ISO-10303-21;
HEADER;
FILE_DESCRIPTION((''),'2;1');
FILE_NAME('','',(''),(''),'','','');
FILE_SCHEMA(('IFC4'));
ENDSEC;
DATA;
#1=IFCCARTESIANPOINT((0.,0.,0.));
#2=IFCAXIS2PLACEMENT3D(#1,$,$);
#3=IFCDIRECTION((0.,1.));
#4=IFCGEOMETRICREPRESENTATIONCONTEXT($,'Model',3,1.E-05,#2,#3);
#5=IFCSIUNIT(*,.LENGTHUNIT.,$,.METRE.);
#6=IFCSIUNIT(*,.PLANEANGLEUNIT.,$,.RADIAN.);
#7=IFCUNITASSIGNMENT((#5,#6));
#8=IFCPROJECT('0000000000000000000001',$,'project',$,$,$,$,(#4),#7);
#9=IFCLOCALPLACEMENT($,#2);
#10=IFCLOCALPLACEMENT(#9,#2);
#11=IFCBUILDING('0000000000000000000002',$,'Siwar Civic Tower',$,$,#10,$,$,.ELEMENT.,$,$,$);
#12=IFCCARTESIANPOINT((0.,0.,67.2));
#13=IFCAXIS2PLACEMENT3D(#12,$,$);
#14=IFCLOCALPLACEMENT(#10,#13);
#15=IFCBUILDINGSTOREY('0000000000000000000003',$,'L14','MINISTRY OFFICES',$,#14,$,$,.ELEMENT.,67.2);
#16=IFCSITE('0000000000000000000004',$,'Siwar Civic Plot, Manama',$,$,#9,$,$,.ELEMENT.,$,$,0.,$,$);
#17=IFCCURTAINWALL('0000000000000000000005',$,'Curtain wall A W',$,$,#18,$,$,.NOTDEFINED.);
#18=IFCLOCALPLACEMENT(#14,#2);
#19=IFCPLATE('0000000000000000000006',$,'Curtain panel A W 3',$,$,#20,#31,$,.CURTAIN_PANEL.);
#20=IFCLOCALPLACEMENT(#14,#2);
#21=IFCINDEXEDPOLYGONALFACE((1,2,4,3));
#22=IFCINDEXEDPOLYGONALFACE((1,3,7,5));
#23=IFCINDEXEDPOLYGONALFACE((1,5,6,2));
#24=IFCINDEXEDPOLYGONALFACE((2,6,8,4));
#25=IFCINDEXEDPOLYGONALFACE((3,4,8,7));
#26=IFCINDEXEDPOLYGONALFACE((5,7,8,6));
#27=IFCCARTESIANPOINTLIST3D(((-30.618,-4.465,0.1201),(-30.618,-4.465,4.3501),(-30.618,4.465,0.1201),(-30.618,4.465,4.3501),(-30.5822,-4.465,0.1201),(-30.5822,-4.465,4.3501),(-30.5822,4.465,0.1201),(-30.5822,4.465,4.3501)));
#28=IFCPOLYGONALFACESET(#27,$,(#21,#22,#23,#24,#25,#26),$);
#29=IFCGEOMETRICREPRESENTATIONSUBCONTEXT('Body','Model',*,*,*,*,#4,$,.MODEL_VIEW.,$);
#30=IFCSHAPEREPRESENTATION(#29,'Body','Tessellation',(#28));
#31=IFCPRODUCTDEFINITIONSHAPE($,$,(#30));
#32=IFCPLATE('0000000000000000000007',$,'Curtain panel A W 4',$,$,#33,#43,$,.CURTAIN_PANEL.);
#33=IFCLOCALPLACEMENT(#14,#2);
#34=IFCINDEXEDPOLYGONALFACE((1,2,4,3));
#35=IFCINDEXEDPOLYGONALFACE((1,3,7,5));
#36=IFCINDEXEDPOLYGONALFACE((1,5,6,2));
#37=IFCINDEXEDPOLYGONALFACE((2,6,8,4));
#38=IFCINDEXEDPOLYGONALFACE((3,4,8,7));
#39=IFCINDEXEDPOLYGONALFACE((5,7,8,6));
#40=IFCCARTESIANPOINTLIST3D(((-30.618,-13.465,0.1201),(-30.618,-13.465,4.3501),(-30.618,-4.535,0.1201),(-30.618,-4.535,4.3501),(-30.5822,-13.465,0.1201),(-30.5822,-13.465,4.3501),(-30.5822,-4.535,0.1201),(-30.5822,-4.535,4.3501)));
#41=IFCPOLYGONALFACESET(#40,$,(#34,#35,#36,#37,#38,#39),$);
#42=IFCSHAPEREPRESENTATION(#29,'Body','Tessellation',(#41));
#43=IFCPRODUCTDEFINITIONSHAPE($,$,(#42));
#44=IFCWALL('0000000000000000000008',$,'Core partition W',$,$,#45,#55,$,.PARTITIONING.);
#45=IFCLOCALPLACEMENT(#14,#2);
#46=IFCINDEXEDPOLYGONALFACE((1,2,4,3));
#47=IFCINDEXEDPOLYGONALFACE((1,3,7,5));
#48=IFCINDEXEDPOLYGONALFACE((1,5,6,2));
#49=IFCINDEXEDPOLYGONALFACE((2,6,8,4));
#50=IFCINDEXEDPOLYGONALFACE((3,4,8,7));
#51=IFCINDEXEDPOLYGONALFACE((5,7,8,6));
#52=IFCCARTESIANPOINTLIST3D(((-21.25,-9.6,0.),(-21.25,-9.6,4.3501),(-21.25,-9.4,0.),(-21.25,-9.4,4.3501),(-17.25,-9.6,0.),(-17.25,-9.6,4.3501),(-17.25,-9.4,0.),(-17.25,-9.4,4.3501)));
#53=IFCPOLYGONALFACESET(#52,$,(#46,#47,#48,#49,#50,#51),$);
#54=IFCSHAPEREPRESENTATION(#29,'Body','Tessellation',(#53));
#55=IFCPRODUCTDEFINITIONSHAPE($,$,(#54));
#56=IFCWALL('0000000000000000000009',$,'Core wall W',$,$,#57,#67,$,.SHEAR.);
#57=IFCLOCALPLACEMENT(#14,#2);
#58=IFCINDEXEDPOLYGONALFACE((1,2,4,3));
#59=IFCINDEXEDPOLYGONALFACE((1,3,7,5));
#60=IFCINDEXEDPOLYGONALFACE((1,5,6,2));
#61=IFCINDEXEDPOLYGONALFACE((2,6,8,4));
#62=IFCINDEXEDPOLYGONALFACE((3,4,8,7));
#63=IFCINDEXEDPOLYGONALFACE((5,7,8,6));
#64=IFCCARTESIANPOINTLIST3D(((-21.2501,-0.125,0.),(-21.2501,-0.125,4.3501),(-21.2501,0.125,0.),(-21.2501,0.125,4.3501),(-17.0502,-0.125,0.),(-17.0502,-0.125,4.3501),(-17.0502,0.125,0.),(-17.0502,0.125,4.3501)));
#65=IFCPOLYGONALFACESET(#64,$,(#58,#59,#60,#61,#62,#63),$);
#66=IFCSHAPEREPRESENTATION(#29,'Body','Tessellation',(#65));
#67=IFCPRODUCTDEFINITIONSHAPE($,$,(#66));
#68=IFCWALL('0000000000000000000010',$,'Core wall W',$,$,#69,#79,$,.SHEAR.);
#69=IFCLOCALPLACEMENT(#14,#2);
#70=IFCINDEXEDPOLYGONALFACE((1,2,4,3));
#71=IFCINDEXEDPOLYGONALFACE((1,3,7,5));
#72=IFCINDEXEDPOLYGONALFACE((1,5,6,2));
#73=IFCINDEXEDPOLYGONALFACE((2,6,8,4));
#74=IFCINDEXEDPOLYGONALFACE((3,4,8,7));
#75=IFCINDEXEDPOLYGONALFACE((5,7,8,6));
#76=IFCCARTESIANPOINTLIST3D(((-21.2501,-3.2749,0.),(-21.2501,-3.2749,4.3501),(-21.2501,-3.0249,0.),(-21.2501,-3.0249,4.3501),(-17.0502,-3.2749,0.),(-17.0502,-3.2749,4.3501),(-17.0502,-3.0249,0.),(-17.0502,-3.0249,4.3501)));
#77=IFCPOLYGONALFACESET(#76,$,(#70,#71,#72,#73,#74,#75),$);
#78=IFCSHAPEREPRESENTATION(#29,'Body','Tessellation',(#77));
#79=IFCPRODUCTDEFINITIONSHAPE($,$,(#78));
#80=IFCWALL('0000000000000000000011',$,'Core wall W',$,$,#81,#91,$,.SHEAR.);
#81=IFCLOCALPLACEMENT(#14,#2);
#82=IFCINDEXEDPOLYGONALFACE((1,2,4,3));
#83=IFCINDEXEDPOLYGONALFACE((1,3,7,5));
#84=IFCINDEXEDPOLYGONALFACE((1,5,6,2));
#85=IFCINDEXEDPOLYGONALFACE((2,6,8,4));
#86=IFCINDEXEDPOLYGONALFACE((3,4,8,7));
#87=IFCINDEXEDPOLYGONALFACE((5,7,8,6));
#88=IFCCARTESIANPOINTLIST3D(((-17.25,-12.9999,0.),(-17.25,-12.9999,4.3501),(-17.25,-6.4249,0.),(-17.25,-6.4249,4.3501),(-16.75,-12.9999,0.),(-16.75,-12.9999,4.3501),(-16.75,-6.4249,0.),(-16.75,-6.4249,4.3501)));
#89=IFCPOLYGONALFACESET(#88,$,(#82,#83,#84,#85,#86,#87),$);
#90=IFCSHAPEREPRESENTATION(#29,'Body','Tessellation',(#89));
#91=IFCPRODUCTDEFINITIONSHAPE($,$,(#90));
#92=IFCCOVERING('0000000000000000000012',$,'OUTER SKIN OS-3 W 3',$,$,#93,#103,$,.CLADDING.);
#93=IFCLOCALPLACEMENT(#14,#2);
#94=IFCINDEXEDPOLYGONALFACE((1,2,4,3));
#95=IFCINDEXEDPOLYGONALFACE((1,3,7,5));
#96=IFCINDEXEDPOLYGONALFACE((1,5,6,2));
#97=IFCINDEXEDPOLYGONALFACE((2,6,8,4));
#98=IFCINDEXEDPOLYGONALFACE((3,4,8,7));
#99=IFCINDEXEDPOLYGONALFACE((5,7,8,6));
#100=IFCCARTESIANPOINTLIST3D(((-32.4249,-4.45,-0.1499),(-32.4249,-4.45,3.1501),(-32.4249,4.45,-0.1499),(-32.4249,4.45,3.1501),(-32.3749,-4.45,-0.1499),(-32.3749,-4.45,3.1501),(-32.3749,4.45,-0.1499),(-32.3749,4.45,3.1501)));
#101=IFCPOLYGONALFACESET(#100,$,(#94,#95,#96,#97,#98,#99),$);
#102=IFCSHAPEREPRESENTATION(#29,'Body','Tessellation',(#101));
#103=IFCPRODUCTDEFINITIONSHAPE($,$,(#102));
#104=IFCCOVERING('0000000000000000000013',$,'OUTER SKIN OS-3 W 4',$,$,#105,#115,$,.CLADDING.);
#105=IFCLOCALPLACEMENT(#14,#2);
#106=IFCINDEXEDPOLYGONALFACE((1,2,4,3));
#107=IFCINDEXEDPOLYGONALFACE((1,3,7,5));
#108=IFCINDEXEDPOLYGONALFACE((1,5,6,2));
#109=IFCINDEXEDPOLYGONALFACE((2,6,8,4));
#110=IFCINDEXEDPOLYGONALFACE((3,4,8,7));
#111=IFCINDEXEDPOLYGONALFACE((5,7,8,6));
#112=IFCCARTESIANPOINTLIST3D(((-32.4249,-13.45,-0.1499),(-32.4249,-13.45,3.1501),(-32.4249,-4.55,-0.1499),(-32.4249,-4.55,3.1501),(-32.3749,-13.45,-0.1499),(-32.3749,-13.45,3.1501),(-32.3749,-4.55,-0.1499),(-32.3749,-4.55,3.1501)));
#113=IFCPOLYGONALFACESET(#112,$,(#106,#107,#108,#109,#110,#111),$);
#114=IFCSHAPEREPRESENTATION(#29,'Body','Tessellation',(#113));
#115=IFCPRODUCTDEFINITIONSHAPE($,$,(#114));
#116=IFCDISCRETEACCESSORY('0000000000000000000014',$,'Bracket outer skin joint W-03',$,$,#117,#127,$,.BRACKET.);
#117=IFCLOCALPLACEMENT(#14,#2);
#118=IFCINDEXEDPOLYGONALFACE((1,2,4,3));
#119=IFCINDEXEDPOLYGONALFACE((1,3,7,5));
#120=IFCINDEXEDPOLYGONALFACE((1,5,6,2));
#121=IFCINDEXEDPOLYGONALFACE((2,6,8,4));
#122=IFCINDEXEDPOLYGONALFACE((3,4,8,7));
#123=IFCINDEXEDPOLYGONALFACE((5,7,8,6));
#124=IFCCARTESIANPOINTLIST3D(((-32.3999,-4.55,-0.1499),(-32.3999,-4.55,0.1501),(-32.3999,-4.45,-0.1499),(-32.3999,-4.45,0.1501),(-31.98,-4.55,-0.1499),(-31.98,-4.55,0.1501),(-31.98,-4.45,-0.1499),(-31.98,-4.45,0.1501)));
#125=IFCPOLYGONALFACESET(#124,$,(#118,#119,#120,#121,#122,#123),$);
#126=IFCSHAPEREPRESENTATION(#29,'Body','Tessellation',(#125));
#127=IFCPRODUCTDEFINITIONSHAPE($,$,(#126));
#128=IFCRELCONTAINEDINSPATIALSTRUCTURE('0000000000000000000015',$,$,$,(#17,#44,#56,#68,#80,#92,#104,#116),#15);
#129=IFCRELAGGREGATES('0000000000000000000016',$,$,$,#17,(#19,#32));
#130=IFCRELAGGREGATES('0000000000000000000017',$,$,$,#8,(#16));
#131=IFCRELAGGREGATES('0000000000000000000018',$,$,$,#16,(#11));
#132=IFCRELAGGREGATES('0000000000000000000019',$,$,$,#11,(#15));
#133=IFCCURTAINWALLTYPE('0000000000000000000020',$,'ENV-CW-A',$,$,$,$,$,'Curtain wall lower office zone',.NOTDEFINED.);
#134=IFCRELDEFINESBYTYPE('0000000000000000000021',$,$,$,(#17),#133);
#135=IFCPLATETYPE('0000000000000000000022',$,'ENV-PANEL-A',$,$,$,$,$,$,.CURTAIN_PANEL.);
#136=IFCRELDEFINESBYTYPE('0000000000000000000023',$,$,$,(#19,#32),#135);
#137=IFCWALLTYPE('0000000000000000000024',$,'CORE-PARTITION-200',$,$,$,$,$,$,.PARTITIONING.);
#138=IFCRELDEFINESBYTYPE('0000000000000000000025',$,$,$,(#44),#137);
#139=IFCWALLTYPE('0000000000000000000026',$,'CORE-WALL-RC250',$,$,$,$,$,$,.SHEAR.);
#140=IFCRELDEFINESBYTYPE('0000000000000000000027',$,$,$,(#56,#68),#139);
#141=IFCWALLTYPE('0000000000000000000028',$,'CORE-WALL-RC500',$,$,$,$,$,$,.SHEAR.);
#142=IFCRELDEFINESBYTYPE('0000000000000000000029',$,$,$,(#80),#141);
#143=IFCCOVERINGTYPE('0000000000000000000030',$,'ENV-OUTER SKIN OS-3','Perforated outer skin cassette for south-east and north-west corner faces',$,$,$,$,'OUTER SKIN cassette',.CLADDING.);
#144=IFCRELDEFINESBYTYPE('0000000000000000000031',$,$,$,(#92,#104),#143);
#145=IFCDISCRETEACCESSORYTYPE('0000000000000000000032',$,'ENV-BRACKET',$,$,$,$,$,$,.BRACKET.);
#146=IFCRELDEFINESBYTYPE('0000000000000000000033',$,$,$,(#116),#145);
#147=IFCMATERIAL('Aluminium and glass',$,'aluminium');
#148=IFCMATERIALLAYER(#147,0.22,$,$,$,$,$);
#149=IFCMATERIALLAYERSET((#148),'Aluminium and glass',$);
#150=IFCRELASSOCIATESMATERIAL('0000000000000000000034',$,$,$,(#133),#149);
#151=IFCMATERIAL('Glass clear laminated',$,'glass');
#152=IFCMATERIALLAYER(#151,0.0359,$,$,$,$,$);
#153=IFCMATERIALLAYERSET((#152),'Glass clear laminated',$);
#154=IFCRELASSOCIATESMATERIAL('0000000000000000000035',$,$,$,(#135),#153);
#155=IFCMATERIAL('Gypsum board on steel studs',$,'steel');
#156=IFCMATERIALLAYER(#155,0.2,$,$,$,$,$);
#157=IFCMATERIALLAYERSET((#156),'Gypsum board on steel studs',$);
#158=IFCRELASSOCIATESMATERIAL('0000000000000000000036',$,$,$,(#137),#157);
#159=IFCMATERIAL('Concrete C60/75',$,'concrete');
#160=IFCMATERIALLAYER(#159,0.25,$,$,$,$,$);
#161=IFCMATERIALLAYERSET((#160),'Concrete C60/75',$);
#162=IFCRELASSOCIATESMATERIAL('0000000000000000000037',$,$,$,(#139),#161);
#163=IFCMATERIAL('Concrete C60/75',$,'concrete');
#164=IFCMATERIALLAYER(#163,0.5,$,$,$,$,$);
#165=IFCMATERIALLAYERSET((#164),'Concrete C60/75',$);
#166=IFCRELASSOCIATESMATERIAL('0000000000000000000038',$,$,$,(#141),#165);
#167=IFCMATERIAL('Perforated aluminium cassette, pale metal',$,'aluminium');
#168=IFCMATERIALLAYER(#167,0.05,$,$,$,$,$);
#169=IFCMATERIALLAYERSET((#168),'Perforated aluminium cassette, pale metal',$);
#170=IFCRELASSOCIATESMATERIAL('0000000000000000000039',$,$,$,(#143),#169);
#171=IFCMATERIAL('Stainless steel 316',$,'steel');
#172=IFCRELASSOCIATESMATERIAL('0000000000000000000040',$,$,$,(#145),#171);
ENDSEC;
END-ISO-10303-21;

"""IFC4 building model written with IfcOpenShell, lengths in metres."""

from ifc_helpers import new_model, si_unit, direction, frame, frame_2d, origin, origin_2d, place, context, subcontext, project, spatial, rectangle, extrude, material, layer, layer_set, type_object, element, aggregate, save


model = new_model("IFC4")

# Units and contexts
model_context = context("Model", 3, precision=1e-05, world=origin(), true_north=direction((0.0, 1.0)))
body_context = subcontext(model_context, "Body", "Model", "MODEL_VIEW")
ifc_project = project(units=[si_unit("LENGTHUNIT", "METRE"), si_unit("PLANEANGLEUNIT", "RADIAN")], contexts=[model_context])

# Site, building, storey
site_placement = place(None, origin())
site = spatial("IfcSite", under=ifc_project, at=site_placement, Name="Siwar Civic Plot, Manama", CompositionType="ELEMENT", RefElevation=0.0)
building_placement = place(site_placement, origin())
building = spatial("IfcBuilding", under=site, at=building_placement, Name="Siwar Civic Tower", CompositionType="ELEMENT")
storey_placement = place(building_placement, frame((0.0, 0.0, 67.2)))
storey = spatial("IfcBuildingStorey", under=building, at=storey_placement, Name="L14", Description="MINISTRY OFFICES", CompositionType="ELEMENT", Elevation=67.2)

# Curtain wall
ifc_material_1 = material(Name="Aluminium and glass", Category="aluminium")
ifc_layer_1 = layer(ifc_material_1, 0.22)
ifc_layer_set_1 = layer_set([ifc_layer_1], Name="Aluminium and glass")
curtain_wall_type = type_object("IfcCurtainWallType", Name="ENV-CW-A", ElementType="Curtain wall lower office zone", PredefinedType="NOTDEFINED", material=ifc_layer_set_1)
curtain_wall_placement = place(storey_placement, origin())
curtain_wall = element("IfcCurtainWall", 1, at=curtain_wall_placement, inside=storey, type_object=curtain_wall_type, Name="Curtain wall A W", PredefinedType="NOTDEFINED")

# Plates
ifc_material_2 = material(Name="Glass clear laminated", Category="glass")
ifc_layer_2 = layer(ifc_material_2, 0.0359)
ifc_layer_set_2 = layer_set([ifc_layer_2], Name="Glass clear laminated")
plate_type = type_object("IfcPlateType", Name="ENV-PANEL-A", PredefinedType="CURTAIN_PANEL", material=ifc_layer_set_2)
plate_1_placement = place(storey_placement, frame((-30.6001, 0.0, 0.1201), z_axis=(0.0, 0.0, 1.0), x_axis=(0.0, -1.0, 0.0)))
plate_1 = element("IfcPlate", 2, at=plate_1_placement, type_object=plate_type, Name="Curtain panel A W 3", PredefinedType="CURTAIN_PANEL", context=body_context, shape_type="SweptSolid", body=[
    extrude(rectangle(XDim=8.9299, YDim=0.0359, at=origin_2d()), origin(), (0.0, 0.0, 1.0), 4.23),
])
plate_2_placement = place(storey_placement, frame((-30.6001, -9.0, 0.1201), z_axis=(0.0, 0.0, 1.0), x_axis=(0.0, -1.0, 0.0)))
plate_2 = element("IfcPlate", 3, at=plate_2_placement, type_object=plate_type, Name="Curtain panel A W 4", PredefinedType="CURTAIN_PANEL", context=body_context, shape_type="SweptSolid", body=[
    extrude(rectangle(XDim=8.9299, YDim=0.0359, at=origin_2d()), origin(), (0.0, 0.0, 1.0), 4.23),
])
aggregate(curtain_wall, [plate_1, plate_2])

# Walls
ifc_material_3 = material(Name="Gypsum board on steel studs", Category="steel")
ifc_layer_3 = layer(ifc_material_3, 0.2)
ifc_layer_set_3 = layer_set([ifc_layer_3], Name="Gypsum board on steel studs")
wall_type_1 = type_object("IfcWallType", Name="CORE-PARTITION-200", PredefinedType="PARTITIONING", material=ifc_layer_set_3)
wall_1_placement = place(storey_placement, frame((-17.25, -9.5, 0.0), z_axis=(0.0, 0.0, 1.0), x_axis=(-1.0, 0.0, 0.0)))
element("IfcWall", 4, at=wall_1_placement, inside=storey, type_object=wall_type_1, Name="Core partition W", PredefinedType="PARTITIONING", context=body_context, shape_type="SweptSolid", body=[
    extrude(rectangle(XDim=4.0, YDim=0.2, at=frame_2d((2.0, 0.0))), origin(), (0.0, 0.0, 1.0), 4.3501),
])
ifc_material_4 = material(Name="Concrete C60/75", Category="concrete")
ifc_layer_4 = layer(ifc_material_4, 0.25)
ifc_layer_set_4 = layer_set([ifc_layer_4], Name="Concrete C60/75")
wall_type_2 = type_object("IfcWallType", Name="CORE-WALL-RC250", PredefinedType="SHEAR", material=ifc_layer_set_4)
for number, where, z_axis, x_axis, name in (
    (5, (-17.05, 0.0, 0.0), (0.0, 0.0, 1.0), (-1.0, 0.0, 0.0), "Core wall W"),
    (6, (-17.05, -3.1499, 0.0), (0.0, 0.0, 1.0), (-1.0, 0.0, 0.0), "Core wall W"),
):
    element("IfcWall", number, at=place(storey_placement, frame(where, z_axis=z_axis, x_axis=x_axis)), inside=storey, type_object=wall_type_2, Name=name, PredefinedType="SHEAR", context=body_context, shape_type="SweptSolid", body=[
        extrude(rectangle(XDim=4.2, YDim=0.25, at=frame_2d((2.1001, 0.0))), origin(), (0.0, 0.0, 1.0), 4.3501),
    ])
ifc_material_5 = material(Name="Concrete C60/75", Category="concrete")
ifc_layer_5 = layer(ifc_material_5, 0.5)
ifc_layer_set_5 = layer_set([ifc_layer_5], Name="Concrete C60/75")
wall_type_3 = type_object("IfcWallType", Name="CORE-WALL-RC500", PredefinedType="SHEAR", material=ifc_layer_set_5)
wall_2_placement = place(storey_placement, frame((-17.0, -13.0, 0.0), z_axis=(0.0, 0.0, 1.0), x_axis=(0.0, 1.0, 0.0)))
element("IfcWall", 7, at=wall_2_placement, inside=storey, type_object=wall_type_3, Name="Core wall W", PredefinedType="SHEAR", context=body_context, shape_type="SweptSolid", body=[
    extrude(rectangle(XDim=6.575, YDim=0.5, at=frame_2d((3.2876, 0.0))), origin(), (0.0, 0.0, 1.0), 4.3501),
])

# Coverings
ifc_material_6 = material(Name="Perforated aluminium cassette, pale metal", Category="aluminium")
ifc_layer_6 = layer(ifc_material_6, 0.05)
ifc_layer_set_6 = layer_set([ifc_layer_6], Name="Perforated aluminium cassette, pale metal")
covering_type = type_object("IfcCoveringType", Name="ENV-OUTER SKIN OS-3", Description="Perforated outer skin cassette for south-east and north-west corner faces", ElementType="OUTER SKIN cassette", PredefinedType="CLADDING", material=ifc_layer_set_6)
for number, where, z_axis, x_axis, name in (
    (8, (-32.3999, 0.0, -0.1499), (0.0, 0.0, 1.0), (0.0, -1.0, 0.0), "OUTER SKIN OS-3 W 3"),
    (9, (-32.3999, -9.0, -0.1499), (0.0, 0.0, 1.0), (0.0, -1.0, 0.0), "OUTER SKIN OS-3 W 4"),
):
    element("IfcCovering", number, at=place(storey_placement, frame(where, z_axis=z_axis, x_axis=x_axis)), inside=storey, type_object=covering_type, Name=name, PredefinedType="CLADDING", context=body_context, shape_type="SweptSolid", body=[
        extrude(rectangle(XDim=8.8999, YDim=0.05, at=origin_2d()), origin(), (0.0, 0.0, 1.0), 3.3),
    ])

# Discrete accessory
ifc_material_7 = material(Name="Stainless steel 316", Category="steel")
discrete_accessory_type = type_object("IfcDiscreteAccessoryType", Name="ENV-BRACKET", PredefinedType="BRACKET", material=ifc_material_7)
discrete_accessory_placement = place(storey_placement, frame((-32.1899, -4.5, -0.1499), z_axis=(0.0, 0.0, 1.0), x_axis=(-1.0, 0.0, 0.0)))
element("IfcDiscreteAccessory", 10, at=discrete_accessory_placement, inside=storey, type_object=discrete_accessory_type, Name="Bracket outer skin joint W-03", PredefinedType="BRACKET", context=body_context, shape_type="SweptSolid", body=[
    extrude(rectangle(XDim=0.4199, YDim=0.1001, at=origin_2d()), origin(), (0.0, 0.0, 1.0), 0.3),
])

save(model, "model.ifc")
